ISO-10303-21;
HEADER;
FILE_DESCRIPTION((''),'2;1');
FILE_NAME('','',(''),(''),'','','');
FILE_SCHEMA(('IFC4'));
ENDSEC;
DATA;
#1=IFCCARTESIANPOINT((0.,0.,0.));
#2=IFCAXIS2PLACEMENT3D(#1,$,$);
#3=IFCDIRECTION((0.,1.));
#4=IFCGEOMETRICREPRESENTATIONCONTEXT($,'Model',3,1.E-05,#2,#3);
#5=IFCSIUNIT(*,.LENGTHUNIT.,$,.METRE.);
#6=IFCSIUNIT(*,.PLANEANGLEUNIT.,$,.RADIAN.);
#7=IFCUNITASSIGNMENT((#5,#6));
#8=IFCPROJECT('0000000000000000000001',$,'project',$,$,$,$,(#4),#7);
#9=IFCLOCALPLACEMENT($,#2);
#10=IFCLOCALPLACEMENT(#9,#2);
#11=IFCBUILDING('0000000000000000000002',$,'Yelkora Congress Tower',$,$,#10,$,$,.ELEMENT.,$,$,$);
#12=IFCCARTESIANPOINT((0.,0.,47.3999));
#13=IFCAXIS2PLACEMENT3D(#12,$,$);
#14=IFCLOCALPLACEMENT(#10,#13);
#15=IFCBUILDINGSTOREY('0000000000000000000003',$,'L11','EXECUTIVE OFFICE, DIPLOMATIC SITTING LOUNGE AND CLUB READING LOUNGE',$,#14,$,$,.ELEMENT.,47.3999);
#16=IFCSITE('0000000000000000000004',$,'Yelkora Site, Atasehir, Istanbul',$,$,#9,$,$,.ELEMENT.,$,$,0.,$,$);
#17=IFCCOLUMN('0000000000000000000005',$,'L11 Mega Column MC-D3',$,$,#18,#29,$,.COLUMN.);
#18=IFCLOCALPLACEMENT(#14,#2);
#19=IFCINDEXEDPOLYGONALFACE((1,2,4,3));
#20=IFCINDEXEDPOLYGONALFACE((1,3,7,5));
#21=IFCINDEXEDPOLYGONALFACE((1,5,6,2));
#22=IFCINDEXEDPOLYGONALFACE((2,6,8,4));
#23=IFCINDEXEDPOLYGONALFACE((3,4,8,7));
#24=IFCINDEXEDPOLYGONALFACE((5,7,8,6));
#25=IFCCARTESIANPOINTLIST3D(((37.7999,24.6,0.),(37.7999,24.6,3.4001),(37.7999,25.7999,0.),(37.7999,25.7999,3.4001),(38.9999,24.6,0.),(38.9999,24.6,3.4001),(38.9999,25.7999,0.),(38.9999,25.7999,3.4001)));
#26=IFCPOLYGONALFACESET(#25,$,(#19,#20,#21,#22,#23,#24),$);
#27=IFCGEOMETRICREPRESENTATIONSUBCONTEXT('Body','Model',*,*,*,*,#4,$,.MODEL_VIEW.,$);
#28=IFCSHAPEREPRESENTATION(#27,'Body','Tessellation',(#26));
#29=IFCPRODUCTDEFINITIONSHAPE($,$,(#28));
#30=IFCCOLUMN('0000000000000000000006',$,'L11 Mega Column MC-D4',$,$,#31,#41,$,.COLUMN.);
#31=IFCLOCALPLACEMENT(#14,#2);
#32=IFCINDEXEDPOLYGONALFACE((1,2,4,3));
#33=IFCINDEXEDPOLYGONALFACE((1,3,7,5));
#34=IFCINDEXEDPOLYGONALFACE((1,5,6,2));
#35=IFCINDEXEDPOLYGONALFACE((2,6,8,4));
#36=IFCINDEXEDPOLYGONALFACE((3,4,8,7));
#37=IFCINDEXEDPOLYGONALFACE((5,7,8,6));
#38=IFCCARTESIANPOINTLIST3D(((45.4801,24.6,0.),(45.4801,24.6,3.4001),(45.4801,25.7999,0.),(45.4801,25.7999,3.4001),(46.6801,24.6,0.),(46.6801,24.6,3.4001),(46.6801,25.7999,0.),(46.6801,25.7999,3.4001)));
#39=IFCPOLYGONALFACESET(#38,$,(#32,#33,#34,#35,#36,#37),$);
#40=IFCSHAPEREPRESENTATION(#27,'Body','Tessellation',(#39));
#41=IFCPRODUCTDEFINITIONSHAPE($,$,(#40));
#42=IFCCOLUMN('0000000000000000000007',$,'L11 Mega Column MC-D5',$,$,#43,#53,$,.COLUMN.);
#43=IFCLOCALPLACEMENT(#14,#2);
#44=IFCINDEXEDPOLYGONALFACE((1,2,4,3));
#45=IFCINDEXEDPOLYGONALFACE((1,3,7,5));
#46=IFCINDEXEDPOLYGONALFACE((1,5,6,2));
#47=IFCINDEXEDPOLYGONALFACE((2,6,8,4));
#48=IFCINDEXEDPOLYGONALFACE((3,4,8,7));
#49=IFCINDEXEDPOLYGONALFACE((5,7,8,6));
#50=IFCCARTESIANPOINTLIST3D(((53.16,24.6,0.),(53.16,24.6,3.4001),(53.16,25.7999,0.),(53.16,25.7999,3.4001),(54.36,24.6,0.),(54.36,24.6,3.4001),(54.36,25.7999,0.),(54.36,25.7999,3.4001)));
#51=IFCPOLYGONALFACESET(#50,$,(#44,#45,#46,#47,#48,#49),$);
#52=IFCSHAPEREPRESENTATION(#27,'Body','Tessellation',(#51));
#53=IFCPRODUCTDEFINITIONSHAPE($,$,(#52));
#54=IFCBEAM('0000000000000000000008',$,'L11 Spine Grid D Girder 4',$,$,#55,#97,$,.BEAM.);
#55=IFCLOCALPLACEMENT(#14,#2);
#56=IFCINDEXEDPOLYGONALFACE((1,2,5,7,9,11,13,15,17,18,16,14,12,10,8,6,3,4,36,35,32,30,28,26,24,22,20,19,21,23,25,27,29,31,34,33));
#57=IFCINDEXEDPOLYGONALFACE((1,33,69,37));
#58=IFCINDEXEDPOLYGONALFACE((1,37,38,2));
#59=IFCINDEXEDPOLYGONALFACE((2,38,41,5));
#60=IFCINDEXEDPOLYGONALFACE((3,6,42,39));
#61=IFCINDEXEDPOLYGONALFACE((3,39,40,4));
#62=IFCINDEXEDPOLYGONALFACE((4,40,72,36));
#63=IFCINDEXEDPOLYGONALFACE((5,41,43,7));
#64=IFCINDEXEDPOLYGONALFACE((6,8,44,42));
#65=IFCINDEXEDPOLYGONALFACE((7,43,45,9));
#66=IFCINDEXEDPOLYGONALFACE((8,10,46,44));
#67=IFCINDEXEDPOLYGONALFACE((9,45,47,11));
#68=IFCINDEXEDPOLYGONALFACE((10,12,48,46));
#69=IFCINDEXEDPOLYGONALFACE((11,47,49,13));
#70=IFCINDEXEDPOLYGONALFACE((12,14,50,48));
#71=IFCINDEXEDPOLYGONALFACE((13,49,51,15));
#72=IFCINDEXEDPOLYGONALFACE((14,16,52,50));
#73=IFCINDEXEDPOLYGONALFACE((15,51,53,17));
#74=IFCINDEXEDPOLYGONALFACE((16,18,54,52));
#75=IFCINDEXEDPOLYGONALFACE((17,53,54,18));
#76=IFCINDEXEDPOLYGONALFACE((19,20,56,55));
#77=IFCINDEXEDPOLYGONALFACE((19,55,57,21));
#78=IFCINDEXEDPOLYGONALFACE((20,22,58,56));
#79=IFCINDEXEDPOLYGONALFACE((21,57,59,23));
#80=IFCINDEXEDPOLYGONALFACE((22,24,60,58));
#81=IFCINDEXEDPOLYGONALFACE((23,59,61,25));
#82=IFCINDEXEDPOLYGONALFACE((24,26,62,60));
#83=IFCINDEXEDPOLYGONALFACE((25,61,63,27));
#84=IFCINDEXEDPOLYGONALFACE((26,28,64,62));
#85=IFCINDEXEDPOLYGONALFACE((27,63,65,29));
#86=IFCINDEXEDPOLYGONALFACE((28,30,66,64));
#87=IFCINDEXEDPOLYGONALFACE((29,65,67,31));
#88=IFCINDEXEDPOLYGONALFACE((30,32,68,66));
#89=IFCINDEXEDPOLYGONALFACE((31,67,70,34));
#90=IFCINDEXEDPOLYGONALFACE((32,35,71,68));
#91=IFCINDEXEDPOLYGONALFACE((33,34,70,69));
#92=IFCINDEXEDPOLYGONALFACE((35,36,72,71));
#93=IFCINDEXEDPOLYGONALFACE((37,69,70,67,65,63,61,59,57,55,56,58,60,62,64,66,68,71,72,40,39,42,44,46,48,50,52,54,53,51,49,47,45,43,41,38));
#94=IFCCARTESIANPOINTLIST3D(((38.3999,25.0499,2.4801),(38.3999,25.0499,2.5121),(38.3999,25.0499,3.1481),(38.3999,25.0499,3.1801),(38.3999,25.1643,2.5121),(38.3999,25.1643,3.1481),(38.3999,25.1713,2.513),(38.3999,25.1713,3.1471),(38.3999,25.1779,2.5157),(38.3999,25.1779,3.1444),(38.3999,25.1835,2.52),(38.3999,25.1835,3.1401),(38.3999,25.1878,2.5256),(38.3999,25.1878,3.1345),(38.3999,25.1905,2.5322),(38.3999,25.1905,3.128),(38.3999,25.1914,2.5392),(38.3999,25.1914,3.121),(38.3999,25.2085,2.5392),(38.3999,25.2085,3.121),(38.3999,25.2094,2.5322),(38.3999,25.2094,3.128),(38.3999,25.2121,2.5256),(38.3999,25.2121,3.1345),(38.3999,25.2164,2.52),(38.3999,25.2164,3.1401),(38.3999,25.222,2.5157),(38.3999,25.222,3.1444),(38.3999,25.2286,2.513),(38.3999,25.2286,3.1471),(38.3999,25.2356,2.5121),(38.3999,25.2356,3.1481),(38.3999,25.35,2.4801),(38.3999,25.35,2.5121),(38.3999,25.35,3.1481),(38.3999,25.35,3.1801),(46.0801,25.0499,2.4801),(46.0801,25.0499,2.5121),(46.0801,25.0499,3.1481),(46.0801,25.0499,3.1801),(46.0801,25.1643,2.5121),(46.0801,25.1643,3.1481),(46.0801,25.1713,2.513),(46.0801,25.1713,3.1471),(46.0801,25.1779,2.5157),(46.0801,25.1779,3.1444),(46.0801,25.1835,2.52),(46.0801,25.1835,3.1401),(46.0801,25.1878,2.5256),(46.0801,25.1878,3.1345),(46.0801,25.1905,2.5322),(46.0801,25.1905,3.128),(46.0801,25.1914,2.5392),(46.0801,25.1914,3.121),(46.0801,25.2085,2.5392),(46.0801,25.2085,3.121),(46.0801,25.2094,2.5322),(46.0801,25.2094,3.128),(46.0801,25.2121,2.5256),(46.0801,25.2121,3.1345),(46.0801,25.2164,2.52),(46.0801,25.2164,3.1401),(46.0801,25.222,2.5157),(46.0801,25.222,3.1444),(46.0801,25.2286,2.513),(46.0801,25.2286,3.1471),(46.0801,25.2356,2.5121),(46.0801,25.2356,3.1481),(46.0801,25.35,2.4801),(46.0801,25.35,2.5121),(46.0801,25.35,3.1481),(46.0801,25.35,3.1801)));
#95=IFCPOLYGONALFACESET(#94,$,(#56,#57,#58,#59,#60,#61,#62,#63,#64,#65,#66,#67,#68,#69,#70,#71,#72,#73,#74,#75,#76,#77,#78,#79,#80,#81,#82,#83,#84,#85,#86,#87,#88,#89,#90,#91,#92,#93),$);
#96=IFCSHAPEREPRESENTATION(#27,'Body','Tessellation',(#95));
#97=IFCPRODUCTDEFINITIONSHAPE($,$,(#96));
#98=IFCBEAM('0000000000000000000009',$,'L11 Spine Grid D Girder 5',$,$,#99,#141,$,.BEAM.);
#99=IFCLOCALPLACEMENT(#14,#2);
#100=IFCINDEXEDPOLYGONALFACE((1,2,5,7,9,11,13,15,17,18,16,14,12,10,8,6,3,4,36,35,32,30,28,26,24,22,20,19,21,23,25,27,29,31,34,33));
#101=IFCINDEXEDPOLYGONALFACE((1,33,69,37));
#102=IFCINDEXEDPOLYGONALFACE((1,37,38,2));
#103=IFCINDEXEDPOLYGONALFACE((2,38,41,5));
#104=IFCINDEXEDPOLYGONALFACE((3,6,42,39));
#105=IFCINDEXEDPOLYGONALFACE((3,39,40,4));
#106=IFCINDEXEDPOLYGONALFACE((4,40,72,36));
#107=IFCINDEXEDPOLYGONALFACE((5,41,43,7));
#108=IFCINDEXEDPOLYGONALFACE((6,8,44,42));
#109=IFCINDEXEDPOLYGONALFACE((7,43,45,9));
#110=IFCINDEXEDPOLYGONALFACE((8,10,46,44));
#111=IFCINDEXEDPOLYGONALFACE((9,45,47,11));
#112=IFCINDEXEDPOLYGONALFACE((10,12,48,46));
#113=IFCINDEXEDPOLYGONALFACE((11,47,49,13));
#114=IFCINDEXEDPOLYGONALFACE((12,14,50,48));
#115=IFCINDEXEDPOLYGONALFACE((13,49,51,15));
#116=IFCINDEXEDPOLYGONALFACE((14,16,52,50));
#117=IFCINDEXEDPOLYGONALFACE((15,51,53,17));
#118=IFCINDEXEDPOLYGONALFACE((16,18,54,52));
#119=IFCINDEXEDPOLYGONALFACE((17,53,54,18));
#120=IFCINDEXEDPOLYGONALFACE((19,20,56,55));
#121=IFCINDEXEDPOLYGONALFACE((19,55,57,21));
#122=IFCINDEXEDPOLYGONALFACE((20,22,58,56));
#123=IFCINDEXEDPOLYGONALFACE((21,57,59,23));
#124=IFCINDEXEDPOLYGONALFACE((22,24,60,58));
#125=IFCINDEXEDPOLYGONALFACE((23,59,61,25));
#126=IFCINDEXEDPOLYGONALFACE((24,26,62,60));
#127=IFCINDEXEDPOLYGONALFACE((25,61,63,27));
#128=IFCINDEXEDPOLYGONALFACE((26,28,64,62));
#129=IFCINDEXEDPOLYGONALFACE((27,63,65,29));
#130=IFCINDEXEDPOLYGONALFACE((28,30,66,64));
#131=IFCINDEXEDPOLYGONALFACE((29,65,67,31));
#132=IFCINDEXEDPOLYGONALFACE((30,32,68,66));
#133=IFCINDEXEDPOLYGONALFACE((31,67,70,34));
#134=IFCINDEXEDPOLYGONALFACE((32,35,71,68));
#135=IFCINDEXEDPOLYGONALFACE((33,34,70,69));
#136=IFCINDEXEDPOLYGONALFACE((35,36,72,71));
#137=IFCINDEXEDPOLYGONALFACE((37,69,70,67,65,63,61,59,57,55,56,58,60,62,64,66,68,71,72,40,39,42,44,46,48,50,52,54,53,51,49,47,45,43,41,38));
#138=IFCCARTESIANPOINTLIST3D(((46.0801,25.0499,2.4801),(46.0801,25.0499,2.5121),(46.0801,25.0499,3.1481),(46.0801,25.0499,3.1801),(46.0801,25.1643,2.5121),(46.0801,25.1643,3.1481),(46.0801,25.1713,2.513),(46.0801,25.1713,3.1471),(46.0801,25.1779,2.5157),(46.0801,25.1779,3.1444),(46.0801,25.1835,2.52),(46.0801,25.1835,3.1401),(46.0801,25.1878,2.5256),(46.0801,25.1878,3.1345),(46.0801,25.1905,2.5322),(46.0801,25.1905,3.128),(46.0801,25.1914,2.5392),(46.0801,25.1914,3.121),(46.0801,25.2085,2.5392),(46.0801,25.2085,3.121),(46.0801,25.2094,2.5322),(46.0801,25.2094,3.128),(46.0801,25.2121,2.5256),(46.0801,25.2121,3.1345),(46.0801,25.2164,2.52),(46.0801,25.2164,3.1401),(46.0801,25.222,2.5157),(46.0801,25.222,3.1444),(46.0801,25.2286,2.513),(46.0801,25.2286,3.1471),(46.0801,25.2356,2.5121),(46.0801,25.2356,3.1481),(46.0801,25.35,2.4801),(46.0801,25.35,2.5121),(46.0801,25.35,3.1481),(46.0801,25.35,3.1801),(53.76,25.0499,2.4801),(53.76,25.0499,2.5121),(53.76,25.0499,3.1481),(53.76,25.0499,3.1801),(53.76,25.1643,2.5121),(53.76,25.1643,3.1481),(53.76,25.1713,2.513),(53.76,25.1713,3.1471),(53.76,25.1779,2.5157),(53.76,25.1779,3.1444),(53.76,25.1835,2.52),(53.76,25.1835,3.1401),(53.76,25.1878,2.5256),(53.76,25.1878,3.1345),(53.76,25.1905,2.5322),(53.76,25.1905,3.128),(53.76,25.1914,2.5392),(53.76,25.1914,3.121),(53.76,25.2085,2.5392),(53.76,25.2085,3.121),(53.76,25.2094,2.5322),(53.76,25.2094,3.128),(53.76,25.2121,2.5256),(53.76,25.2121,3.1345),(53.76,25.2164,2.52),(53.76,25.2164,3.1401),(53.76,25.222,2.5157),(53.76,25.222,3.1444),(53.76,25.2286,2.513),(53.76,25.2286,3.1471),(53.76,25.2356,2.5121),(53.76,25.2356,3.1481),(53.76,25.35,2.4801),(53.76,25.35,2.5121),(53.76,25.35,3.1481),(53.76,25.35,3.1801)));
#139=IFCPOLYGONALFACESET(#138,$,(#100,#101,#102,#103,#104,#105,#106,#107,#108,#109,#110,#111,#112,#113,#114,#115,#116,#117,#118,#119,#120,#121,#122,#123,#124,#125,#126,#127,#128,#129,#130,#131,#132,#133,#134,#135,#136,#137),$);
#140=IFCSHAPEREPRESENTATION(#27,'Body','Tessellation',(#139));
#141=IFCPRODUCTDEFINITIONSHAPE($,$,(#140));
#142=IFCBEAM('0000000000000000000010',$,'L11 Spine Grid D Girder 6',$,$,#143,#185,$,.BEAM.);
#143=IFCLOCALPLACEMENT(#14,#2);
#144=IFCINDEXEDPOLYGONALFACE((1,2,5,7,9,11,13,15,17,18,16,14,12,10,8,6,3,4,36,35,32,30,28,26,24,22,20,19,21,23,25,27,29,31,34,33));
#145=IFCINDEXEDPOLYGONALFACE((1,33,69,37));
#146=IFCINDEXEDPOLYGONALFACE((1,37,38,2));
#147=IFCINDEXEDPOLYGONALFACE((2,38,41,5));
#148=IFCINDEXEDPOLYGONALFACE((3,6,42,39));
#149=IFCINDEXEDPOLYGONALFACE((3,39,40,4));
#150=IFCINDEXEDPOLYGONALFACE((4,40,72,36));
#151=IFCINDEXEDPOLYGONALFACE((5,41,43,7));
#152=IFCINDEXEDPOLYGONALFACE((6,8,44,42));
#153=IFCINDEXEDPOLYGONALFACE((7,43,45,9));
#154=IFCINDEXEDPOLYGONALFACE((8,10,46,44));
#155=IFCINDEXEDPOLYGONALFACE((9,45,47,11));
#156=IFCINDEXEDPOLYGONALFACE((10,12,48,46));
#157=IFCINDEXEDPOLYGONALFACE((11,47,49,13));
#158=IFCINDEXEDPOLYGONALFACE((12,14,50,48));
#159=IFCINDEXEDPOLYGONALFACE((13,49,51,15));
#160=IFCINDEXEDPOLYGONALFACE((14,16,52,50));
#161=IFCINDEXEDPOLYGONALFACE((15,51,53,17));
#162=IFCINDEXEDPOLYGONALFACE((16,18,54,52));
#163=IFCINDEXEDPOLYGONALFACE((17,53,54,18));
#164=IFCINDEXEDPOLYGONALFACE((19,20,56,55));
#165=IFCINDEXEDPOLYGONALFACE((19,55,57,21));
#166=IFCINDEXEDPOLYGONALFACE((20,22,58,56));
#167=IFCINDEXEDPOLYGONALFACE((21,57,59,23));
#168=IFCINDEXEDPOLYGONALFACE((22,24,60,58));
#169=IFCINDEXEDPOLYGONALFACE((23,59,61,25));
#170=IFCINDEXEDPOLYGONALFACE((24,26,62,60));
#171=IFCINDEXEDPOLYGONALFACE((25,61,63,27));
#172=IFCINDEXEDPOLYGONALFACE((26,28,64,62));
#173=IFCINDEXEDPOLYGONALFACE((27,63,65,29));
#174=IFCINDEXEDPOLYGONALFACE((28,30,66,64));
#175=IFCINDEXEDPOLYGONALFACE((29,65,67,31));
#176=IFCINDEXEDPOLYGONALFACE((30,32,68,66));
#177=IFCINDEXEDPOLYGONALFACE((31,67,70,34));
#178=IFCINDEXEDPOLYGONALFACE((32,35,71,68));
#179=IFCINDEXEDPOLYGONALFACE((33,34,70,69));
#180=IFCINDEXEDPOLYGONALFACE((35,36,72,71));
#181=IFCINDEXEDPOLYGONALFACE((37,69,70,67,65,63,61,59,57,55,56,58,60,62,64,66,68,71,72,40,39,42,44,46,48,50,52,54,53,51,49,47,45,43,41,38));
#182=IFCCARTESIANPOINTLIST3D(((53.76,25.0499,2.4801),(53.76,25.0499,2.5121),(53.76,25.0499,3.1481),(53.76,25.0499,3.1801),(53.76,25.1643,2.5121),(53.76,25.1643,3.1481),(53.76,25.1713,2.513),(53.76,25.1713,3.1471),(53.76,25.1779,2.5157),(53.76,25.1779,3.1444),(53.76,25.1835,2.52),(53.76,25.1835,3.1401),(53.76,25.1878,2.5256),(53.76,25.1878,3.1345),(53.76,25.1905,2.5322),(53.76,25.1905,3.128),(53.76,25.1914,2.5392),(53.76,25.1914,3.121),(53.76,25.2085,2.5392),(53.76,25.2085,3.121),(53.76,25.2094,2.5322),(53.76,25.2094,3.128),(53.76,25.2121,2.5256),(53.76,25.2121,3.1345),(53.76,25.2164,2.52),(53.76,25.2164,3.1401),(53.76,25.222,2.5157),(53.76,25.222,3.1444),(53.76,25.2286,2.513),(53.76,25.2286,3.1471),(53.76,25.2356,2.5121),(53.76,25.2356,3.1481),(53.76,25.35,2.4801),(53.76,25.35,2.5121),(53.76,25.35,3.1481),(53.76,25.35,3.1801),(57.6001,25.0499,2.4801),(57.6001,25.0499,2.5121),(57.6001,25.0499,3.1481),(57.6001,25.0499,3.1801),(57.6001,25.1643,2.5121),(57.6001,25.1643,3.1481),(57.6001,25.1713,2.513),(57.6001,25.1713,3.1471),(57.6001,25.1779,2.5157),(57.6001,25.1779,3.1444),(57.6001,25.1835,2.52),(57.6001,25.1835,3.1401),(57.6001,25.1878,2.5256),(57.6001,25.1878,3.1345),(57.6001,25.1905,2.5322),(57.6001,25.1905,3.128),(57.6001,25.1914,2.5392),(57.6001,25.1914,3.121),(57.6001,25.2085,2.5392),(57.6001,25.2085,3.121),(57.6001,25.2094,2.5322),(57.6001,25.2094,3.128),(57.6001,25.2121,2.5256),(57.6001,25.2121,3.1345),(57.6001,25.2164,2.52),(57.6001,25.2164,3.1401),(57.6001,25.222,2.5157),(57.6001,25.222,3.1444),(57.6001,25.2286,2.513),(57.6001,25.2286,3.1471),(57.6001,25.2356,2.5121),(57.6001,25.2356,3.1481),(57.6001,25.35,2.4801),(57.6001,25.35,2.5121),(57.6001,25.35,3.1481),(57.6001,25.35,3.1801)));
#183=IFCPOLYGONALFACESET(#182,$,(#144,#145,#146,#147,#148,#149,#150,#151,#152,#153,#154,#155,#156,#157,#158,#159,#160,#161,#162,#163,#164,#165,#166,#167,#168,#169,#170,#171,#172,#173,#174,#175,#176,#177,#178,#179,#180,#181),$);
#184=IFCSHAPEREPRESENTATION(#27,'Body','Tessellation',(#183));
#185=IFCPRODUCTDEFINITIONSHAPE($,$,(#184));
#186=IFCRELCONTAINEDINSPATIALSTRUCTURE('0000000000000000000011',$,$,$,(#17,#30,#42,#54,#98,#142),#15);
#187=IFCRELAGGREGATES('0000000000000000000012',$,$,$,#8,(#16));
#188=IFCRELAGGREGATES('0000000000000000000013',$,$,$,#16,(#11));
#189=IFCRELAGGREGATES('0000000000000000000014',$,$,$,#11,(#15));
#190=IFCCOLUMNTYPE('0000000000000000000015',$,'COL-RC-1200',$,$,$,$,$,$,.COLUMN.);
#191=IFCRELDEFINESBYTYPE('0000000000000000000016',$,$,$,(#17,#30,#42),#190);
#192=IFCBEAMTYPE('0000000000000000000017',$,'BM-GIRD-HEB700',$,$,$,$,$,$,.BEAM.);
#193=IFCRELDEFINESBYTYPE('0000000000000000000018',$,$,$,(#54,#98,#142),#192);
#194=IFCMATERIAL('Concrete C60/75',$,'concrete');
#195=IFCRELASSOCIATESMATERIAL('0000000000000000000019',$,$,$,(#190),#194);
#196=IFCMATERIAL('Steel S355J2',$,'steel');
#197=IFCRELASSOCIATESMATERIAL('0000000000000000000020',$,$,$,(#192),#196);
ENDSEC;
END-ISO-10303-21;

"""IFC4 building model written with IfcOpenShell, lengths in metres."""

from ifc_helpers import new_model, si_unit, direction, frame, origin, origin_2d, place, context, subcontext, project, spatial, rectangle, i_section, extrude, material, material_profile, profile_set, type_object, element, save


model = new_model("IFC4")

# Units and contexts
model_context = context("Model", 3, precision=1e-05, world=origin(), true_north=direction((0.0, 1.0)))
body_context = subcontext(model_context, "Body", "Model", "MODEL_VIEW")
ifc_project = project(units=[si_unit("LENGTHUNIT", "METRE"), si_unit("PLANEANGLEUNIT", "RADIAN")], contexts=[model_context])

# Site, building, storey
site_placement = place(None, origin())
site = spatial("IfcSite", under=ifc_project, at=site_placement, Name="Yelkora Site, Atasehir, Istanbul", CompositionType="ELEMENT", RefElevation=0.0)
building_placement = place(site_placement, origin())
building = spatial("IfcBuilding", under=site, at=building_placement, Name="Yelkora Congress Tower", CompositionType="ELEMENT")
storey_placement = place(building_placement, frame((0.0, 0.0, 47.3999)))
storey = spatial("IfcBuildingStorey", under=building, at=storey_placement, Name="L11", Description="EXECUTIVE OFFICE, DIPLOMATIC SITTING LOUNGE AND CLUB READING LOUNGE", CompositionType="ELEMENT", Elevation=47.3999)

# Columns
ifc_material_1 = material(Name="Concrete C60/75", Category="concrete")
ifc_material_profile_1 = material_profile(ifc_material_1, rectangle(XDim=1.2, YDim=1.2, at=origin_2d()), Name="RC 1200x1200")
ifc_profile_set_1 = profile_set([ifc_material_profile_1], Name="Concrete C60/75")
column_type = type_object("IfcColumnType", Name="COL-RC-1200", PredefinedType="COLUMN", material=ifc_profile_set_1)
for number, where, z_axis, x_axis, name in (
    (1, (38.3999, 25.2, 0.0), (0.0, 0.0, 1.0), (1.0, 0.0, 0.0), "L11 Mega Column MC-D3"),
    (2, (46.0801, 25.2, 0.0), (0.0, 0.0, 1.0), (1.0, 0.0, 0.0), "L11 Mega Column MC-D4"),
    (3, (53.76, 25.2, 0.0), (0.0, 0.0, 1.0), (1.0, 0.0, 0.0), "L11 Mega Column MC-D5"),
):
    element("IfcColumn", number, at=place(storey_placement, frame(where, z_axis=z_axis, x_axis=x_axis)), inside=storey, type_object=column_type, Name=name, PredefinedType="COLUMN", context=body_context, shape_type="SweptSolid", body=[
        extrude(rectangle(XDim=1.2, YDim=1.2, at=origin_2d()), origin(), (0.0, 0.0, 1.0), 3.4001),
    ])

# Beams
ifc_material_2 = material(Name="Steel S355J2", Category="steel")
ifc_material_profile_2 = material_profile(ifc_material_2, i_section(OverallWidth=0.3, OverallDepth=0.7, WebThickness=0.0171, FlangeThickness=0.032, FilletRadius=0.0271, at=origin_2d()), Name="HEB 700")
ifc_profile_set_2 = profile_set([ifc_material_profile_2], Name="Steel S355J2")
beam_type_1 = type_object("IfcBeamType", Name="BM-GIRD-HEB700", PredefinedType="BEAM", material=ifc_profile_set_2)
beam_1_placement = place(storey_placement, frame((38.3999, 25.2, 2.8301), z_axis=(1.0, 0.0, 0.0), x_axis=(0.0, 1.0, 0.0)))
element("IfcBeam", 4, at=beam_1_placement, inside=storey, type_object=beam_type_1, Name="L11 Spine Grid D Girder 4", PredefinedType="BEAM", context=body_context, shape_type="SweptSolid", body=[
    extrude(i_section(OverallWidth=0.3, OverallDepth=0.7, WebThickness=0.0171, FlangeThickness=0.032, FilletRadius=0.0271, at=origin_2d()), origin(), (0.0, 0.0, 1.0), 7.6802),
])
beam_2_placement = place(storey_placement, frame((46.0801, 25.2, 2.8301), z_axis=(1.0, 0.0, 0.0), x_axis=(0.0, 1.0, 0.0)))
element("IfcBeam", 5, at=beam_2_placement, inside=storey, type_object=beam_type_1, Name="L11 Spine Grid D Girder 5", PredefinedType="BEAM", context=body_context, shape_type="SweptSolid", body=[
    extrude(i_section(OverallWidth=0.3, OverallDepth=0.7, WebThickness=0.0171, FlangeThickness=0.032, FilletRadius=0.0271, at=origin_2d()), origin(), (0.0, 0.0, 1.0), 7.6799),
])
beam_3_placement = place(storey_placement, frame((53.76, 25.2, 2.8301), z_axis=(1.0, 0.0, 0.0), x_axis=(0.0, 1.0, 0.0)))
element("IfcBeam", 6, at=beam_3_placement, inside=storey, type_object=beam_type_1, Name="L11 Spine Grid D Girder 6", PredefinedType="BEAM", context=body_context, shape_type="SweptSolid", body=[
    extrude(i_section(OverallWidth=0.3, OverallDepth=0.7, WebThickness=0.0171, FlangeThickness=0.032, FilletRadius=0.0271, at=origin_2d()), origin(), (0.0, 0.0, 1.0), 3.8401),
])

save(model, "model.ifc")
